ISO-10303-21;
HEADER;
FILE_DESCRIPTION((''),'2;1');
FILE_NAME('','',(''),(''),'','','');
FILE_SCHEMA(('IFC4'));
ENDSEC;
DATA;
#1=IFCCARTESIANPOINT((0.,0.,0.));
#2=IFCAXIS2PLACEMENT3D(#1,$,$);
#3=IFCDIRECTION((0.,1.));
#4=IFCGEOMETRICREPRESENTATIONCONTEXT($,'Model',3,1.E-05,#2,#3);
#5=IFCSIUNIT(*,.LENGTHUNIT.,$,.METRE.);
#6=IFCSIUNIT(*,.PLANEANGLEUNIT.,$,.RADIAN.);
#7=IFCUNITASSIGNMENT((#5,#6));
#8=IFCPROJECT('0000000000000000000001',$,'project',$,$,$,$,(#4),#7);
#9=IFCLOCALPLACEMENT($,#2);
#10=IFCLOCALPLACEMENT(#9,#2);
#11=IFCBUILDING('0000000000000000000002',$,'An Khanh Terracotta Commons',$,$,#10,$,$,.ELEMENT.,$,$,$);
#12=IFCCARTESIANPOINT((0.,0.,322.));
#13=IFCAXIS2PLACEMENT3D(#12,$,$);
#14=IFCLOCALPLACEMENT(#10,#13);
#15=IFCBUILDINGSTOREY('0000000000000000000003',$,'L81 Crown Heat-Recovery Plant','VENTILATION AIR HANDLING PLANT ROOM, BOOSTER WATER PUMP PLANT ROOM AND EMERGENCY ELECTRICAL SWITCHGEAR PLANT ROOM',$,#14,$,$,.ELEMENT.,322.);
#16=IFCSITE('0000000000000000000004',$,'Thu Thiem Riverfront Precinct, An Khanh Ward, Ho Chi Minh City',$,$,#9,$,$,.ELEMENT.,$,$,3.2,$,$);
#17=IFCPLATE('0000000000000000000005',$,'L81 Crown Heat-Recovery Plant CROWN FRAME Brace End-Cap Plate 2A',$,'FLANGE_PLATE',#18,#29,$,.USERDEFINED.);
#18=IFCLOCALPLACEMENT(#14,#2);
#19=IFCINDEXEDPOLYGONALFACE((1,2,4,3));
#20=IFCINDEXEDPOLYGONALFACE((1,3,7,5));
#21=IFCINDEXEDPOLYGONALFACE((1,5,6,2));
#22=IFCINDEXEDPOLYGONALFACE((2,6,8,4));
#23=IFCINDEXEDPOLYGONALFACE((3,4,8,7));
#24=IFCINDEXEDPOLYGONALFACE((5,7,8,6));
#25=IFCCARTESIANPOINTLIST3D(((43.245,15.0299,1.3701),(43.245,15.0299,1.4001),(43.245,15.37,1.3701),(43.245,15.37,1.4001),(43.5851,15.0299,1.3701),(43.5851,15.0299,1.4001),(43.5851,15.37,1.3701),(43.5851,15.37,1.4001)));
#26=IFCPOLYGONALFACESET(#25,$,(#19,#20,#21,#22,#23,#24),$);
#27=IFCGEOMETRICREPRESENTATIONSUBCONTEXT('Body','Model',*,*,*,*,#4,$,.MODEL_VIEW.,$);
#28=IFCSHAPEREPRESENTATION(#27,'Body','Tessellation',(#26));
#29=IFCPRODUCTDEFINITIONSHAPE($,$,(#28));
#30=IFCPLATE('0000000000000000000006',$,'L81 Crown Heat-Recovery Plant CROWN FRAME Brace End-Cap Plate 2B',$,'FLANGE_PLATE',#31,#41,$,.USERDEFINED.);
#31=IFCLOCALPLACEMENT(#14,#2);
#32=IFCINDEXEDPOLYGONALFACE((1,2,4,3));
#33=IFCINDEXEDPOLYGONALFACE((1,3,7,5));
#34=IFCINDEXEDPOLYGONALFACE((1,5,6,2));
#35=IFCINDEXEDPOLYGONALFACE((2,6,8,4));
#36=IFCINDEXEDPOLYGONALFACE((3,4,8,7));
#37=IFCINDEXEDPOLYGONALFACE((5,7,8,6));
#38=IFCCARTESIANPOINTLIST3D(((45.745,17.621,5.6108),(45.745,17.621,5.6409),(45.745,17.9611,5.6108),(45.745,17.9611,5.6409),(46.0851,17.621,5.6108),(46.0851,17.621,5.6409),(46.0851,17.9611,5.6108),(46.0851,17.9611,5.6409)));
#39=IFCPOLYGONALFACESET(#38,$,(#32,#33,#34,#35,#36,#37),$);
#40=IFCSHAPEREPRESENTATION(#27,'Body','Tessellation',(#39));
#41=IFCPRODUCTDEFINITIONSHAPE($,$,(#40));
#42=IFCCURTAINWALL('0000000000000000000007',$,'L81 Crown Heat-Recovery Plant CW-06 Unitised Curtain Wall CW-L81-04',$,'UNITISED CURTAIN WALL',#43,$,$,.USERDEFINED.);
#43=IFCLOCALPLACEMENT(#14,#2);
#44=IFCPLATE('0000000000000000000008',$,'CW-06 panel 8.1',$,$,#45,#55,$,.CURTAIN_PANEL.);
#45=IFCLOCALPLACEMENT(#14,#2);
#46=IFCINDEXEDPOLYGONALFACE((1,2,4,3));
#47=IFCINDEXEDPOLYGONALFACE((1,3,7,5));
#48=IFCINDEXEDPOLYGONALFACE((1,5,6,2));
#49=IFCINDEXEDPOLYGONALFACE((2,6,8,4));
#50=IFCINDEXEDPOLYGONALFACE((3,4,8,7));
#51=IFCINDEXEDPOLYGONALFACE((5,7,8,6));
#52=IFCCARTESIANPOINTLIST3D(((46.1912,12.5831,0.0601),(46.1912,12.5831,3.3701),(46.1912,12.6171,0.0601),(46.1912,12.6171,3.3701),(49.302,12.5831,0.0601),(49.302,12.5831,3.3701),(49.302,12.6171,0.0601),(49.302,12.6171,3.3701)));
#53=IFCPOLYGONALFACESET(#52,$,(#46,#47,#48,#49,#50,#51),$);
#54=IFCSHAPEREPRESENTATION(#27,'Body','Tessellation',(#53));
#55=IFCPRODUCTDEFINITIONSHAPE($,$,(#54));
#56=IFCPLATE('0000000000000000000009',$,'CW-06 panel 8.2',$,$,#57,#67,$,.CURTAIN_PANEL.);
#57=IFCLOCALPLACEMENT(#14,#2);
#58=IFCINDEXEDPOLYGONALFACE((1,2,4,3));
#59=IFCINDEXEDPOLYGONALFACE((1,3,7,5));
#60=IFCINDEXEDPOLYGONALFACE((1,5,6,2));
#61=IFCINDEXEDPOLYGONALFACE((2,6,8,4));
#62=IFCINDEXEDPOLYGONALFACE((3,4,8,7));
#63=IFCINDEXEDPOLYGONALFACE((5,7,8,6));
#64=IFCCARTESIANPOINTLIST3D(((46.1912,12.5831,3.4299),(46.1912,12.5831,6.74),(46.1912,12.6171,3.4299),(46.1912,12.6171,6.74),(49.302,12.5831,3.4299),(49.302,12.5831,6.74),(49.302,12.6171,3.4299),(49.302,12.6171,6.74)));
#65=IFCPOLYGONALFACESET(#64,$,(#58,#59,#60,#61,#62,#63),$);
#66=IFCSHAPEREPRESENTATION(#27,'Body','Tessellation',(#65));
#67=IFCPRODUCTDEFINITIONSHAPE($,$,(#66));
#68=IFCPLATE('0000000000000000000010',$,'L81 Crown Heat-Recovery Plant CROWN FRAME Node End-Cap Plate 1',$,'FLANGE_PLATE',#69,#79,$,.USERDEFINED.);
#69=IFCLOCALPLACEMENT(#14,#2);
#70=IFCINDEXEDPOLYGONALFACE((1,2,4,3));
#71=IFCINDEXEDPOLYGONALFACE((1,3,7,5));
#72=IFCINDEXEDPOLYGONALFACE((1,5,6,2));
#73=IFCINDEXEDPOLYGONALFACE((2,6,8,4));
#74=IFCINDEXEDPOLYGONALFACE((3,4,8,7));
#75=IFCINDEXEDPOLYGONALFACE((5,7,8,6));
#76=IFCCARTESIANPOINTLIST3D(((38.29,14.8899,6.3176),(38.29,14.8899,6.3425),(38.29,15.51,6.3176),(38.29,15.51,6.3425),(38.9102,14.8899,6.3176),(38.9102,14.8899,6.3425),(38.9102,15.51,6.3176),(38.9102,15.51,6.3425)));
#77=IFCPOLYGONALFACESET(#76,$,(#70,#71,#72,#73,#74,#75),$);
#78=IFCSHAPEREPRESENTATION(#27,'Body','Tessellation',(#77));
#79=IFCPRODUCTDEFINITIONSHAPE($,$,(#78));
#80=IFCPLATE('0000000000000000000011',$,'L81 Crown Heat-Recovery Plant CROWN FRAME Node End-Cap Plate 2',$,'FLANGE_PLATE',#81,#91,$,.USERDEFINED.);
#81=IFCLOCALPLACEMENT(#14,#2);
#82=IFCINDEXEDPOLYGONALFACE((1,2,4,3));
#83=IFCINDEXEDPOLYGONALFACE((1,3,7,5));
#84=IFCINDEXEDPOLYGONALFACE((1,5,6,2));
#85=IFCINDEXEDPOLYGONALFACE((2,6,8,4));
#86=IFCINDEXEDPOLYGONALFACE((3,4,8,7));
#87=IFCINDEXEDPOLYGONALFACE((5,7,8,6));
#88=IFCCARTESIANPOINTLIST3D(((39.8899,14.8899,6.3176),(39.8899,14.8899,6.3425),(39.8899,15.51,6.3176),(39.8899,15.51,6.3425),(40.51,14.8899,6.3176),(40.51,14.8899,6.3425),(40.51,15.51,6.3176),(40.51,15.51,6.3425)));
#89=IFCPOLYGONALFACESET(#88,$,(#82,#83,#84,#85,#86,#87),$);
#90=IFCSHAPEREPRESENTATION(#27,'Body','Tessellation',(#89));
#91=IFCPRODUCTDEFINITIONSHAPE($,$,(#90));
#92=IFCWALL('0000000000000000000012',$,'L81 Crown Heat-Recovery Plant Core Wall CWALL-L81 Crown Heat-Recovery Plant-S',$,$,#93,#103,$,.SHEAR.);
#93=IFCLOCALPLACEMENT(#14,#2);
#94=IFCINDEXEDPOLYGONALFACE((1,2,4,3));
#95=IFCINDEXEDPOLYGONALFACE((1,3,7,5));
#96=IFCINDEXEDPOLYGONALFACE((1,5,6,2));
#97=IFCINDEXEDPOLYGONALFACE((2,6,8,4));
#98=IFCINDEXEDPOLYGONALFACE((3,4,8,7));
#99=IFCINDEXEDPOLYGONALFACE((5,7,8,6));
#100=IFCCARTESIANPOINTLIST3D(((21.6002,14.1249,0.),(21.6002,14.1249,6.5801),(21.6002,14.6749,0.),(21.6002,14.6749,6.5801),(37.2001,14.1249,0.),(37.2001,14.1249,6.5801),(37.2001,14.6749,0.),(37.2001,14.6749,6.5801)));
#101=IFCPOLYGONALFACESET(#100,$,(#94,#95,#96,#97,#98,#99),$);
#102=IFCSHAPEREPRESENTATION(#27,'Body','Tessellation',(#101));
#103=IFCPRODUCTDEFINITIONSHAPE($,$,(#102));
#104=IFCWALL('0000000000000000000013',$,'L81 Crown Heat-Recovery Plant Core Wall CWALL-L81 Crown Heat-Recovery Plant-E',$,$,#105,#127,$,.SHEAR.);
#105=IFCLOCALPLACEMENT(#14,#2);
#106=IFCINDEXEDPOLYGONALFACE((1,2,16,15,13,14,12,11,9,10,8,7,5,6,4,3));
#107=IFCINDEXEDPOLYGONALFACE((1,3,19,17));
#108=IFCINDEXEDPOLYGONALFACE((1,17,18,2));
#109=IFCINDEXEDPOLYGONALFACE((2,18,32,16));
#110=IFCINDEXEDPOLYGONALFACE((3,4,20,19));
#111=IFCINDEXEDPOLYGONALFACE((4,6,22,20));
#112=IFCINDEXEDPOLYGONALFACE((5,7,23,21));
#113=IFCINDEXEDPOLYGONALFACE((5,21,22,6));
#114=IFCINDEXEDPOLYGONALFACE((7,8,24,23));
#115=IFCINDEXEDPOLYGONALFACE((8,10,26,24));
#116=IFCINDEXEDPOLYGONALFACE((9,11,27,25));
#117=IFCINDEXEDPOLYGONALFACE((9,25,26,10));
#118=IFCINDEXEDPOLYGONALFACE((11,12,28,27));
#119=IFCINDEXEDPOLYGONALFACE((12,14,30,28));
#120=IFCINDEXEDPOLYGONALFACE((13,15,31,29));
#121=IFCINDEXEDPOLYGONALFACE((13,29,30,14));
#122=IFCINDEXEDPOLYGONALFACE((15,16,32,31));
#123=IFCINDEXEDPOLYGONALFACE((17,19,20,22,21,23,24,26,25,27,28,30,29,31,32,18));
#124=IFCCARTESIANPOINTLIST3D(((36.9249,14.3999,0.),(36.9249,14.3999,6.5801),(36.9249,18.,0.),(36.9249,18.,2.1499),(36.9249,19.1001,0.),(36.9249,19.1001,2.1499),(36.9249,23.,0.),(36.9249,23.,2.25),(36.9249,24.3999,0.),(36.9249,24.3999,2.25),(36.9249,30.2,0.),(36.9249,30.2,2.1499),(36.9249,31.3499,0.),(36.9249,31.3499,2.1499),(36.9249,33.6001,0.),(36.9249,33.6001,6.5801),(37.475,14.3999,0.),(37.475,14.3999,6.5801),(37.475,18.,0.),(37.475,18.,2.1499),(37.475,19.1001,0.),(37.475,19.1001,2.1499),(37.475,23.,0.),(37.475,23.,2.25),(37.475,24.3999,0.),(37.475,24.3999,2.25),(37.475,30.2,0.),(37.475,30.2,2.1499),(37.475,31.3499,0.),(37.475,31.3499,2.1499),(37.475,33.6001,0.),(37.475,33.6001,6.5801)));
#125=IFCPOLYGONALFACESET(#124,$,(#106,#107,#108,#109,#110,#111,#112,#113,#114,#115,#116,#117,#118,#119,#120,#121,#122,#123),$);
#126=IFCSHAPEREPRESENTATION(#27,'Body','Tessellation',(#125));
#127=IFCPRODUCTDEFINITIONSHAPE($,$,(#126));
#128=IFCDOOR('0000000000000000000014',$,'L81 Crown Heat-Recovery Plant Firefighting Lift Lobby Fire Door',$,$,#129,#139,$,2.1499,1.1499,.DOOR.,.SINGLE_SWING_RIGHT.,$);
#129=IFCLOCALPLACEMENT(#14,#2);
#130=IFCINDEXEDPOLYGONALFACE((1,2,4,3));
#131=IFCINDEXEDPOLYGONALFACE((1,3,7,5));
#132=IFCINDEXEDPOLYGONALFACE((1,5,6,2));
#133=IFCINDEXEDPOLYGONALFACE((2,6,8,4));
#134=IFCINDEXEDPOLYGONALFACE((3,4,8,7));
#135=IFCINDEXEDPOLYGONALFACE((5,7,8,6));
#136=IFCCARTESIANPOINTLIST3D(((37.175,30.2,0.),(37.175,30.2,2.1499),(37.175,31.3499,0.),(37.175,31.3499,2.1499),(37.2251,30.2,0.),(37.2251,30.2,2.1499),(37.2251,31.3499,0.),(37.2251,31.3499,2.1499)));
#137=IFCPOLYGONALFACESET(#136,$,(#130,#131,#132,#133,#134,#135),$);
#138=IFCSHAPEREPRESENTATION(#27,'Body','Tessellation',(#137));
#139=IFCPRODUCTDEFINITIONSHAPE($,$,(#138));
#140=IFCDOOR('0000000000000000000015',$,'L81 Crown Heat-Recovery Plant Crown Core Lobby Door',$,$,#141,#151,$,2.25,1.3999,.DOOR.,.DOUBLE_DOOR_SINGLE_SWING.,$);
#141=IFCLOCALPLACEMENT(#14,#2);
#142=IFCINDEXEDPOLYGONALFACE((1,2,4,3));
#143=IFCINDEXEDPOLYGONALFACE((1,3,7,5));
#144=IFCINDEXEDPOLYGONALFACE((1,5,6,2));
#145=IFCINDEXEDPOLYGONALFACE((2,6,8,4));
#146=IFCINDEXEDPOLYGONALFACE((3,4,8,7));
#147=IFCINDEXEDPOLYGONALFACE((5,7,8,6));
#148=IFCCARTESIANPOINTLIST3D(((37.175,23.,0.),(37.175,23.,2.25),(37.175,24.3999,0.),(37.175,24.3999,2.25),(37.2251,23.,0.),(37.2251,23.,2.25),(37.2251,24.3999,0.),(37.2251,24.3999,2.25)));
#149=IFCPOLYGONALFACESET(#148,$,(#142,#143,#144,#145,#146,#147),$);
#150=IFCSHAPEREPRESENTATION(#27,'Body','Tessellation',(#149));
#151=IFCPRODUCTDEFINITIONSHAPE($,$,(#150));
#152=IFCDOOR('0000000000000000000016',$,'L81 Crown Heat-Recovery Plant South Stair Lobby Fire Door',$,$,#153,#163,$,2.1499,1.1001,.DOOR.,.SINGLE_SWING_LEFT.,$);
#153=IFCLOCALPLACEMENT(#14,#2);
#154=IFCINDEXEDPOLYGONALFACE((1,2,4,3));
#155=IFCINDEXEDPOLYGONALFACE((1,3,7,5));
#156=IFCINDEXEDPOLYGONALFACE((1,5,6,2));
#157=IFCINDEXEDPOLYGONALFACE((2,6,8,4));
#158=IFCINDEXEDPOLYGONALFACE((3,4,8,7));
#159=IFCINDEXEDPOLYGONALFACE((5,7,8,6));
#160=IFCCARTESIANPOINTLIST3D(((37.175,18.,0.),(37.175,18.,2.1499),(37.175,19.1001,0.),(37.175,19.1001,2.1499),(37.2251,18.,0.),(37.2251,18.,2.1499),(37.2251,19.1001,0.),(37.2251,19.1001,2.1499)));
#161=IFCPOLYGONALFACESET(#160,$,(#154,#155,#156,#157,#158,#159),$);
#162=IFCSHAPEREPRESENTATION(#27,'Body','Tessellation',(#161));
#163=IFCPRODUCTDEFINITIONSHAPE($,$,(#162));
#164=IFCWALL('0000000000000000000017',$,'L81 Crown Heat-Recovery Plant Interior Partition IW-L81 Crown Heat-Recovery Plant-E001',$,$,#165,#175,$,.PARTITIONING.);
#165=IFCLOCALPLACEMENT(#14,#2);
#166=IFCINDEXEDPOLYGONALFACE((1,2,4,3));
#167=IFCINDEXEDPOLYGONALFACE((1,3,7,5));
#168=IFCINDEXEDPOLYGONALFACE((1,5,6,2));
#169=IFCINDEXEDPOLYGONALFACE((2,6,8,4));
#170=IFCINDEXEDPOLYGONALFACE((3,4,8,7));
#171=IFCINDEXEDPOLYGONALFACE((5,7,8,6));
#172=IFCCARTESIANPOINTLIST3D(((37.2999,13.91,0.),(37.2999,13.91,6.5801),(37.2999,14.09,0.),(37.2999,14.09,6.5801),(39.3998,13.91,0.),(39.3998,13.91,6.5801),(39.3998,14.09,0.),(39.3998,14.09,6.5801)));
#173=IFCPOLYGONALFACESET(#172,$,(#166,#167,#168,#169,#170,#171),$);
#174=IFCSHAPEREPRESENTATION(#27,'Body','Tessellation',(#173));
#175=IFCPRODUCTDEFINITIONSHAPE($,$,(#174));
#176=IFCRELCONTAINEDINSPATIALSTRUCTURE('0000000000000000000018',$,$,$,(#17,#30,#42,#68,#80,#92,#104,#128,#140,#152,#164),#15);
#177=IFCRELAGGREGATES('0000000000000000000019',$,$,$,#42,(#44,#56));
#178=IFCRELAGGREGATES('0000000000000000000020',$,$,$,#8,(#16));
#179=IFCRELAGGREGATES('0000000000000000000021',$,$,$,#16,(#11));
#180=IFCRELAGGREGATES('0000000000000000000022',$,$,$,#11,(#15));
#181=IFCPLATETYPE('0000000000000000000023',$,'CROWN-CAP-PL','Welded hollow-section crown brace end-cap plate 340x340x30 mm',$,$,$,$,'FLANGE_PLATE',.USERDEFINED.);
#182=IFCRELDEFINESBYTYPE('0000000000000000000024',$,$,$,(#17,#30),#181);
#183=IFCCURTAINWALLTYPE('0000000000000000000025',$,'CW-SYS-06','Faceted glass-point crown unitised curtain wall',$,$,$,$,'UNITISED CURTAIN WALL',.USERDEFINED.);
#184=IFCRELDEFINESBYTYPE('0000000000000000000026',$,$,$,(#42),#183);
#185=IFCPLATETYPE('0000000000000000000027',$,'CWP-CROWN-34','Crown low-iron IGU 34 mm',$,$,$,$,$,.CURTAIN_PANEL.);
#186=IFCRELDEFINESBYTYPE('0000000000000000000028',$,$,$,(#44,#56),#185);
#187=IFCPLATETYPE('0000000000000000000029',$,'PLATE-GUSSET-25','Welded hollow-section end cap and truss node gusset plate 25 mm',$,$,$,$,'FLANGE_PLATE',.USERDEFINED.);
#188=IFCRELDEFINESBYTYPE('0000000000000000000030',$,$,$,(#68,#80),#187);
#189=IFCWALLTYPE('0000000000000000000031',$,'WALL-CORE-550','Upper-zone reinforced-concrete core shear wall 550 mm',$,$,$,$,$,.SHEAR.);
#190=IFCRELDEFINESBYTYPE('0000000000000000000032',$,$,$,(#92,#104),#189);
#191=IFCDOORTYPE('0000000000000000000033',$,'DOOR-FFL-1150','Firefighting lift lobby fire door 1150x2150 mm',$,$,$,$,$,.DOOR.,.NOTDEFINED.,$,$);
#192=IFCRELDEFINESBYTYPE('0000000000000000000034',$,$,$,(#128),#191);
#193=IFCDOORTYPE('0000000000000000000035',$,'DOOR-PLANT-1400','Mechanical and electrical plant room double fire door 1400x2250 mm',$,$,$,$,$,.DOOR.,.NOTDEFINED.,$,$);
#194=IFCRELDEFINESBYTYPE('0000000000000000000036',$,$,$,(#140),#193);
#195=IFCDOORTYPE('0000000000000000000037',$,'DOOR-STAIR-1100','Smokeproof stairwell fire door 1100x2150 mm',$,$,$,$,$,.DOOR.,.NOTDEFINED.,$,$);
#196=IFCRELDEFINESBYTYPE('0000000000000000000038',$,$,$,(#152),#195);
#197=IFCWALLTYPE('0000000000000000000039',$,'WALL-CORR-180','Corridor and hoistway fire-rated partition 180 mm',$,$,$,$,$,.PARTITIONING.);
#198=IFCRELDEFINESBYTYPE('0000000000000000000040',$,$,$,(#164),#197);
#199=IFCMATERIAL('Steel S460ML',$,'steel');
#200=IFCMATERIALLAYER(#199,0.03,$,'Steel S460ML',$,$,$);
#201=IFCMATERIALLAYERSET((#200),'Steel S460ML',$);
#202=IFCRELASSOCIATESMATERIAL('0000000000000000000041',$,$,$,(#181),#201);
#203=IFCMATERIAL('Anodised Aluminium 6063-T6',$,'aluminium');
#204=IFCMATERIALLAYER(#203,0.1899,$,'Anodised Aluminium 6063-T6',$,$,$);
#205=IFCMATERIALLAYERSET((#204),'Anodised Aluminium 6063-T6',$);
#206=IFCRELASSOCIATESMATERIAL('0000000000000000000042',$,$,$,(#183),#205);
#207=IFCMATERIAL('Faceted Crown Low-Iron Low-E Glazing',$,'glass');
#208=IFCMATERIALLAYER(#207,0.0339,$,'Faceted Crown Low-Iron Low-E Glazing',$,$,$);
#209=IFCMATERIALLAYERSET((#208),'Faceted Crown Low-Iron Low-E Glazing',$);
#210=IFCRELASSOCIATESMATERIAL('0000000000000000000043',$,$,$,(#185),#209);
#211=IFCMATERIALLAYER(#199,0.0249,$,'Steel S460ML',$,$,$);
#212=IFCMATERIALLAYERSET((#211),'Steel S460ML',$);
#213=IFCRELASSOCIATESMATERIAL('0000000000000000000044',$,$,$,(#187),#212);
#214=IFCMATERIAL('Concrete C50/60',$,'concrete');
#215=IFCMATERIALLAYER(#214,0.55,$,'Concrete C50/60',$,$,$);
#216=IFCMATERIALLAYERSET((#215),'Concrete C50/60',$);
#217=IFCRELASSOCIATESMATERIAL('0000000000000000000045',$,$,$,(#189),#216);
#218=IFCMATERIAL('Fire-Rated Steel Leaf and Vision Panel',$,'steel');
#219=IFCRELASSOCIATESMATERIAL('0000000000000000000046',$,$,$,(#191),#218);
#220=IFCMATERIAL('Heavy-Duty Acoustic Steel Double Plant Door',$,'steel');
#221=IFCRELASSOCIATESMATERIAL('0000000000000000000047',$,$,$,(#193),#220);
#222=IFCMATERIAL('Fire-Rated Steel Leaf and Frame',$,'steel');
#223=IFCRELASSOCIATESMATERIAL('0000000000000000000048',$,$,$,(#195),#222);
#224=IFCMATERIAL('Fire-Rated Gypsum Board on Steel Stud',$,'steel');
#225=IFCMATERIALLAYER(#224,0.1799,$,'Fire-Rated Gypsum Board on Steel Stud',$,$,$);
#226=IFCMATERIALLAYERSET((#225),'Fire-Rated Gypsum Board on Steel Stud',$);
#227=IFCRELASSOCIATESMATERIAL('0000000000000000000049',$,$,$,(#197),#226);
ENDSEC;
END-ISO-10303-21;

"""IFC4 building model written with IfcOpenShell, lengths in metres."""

from ifc_helpers import new_model, si_unit, direction, frame, frame_2d, origin, origin_2d, place, context, subcontext, project, spatial, rectangle, extrude, material, layer, layer_set, type_object, element, fill, aggregate, save


model = new_model("IFC4")

# Units and contexts
model_context = context("Model", 3, precision=1e-05, world=origin(), true_north=direction((0.0, 1.0)))
body_context = subcontext(model_context, "Body", "Model", "MODEL_VIEW")
ifc_project = project(units=[si_unit("LENGTHUNIT", "METRE"), si_unit("PLANEANGLEUNIT", "RADIAN")], contexts=[model_context])

# Site, building, storey
site_placement = place(None, origin())
site = spatial("IfcSite", under=ifc_project, at=site_placement, Name="Thu Thiem Riverfront Precinct, An Khanh Ward, Ho Chi Minh City", CompositionType="ELEMENT", RefElevation=3.2)
building_placement = place(site_placement, origin())
building = spatial("IfcBuilding", under=site, at=building_placement, Name="An Khanh Terracotta Commons", CompositionType="ELEMENT")
storey_placement = place(building_placement, frame((0.0, 0.0, 322.0)))
storey = spatial("IfcBuildingStorey", under=building, at=storey_placement, Name="L81 Crown Heat-Recovery Plant", Description="VENTILATION AIR HANDLING PLANT ROOM, BOOSTER WATER PUMP PLANT ROOM AND EMERGENCY ELECTRICAL SWITCHGEAR PLANT ROOM", CompositionType="ELEMENT", Elevation=322.0)

# Shared definitions
ifc_material_1 = material(Name="Steel S460ML", Category="steel")

# Plates
ifc_layer_1 = layer(ifc_material_1, 0.03, Name="Steel S460ML")
ifc_layer_set_1 = layer_set([ifc_layer_1], Name="Steel S460ML")
plate_type_1 = type_object("IfcPlateType", Name="CROWN-CAP-PL", Description="Welded hollow-section crown brace end-cap plate 340x340x30 mm", ElementType="FLANGE_PLATE", PredefinedType="USERDEFINED", material=ifc_layer_set_1)
for number, where, z_axis, x_axis, name in (
    (1, (43.415, 15.2, 1.3701), (0.0, 0.0, 1.0), (1.0, 0.0, 0.0), "L81 Crown Heat-Recovery Plant CROWN FRAME Brace End-Cap Plate 2A"),
    (2, (45.915, 17.791, 5.6108), (0.0, 0.0, 1.0), (1.0, 0.0, 0.0), "L81 Crown Heat-Recovery Plant CROWN FRAME Brace End-Cap Plate 2B"),
):
    element("IfcPlate", number, at=place(storey_placement, frame(where, z_axis=z_axis, x_axis=x_axis)), inside=storey, type_object=plate_type_1, Name=name, ObjectType="FLANGE_PLATE", PredefinedType="USERDEFINED", context=body_context, shape_type="SweptSolid", body=[
        extrude(rectangle(XDim=0.3401, YDim=0.3401, at=origin_2d()), origin(), (0.0, 0.0, 1.0), 0.03),
    ])

# Curtain wall, plates
ifc_material_2 = material(Name="Anodised Aluminium 6063-T6", Category="aluminium")
ifc_layer_2 = layer(ifc_material_2, 0.1899, Name="Anodised Aluminium 6063-T6")
ifc_layer_set_2 = layer_set([ifc_layer_2], Name="Anodised Aluminium 6063-T6")
curtain_wall_type = type_object("IfcCurtainWallType", Name="CW-SYS-06", Description="Faceted glass-point crown unitised curtain wall", ElementType="UNITISED CURTAIN WALL", PredefinedType="USERDEFINED", material=ifc_layer_set_2)
curtain_wall_placement = place(storey_placement, origin())
curtain_wall = element("IfcCurtainWall", 3, at=curtain_wall_placement, inside=storey, type_object=curtain_wall_type, Name="L81 Crown Heat-Recovery Plant CW-06 Unitised Curtain Wall CW-L81-04", ObjectType="UNITISED CURTAIN WALL", PredefinedType="USERDEFINED")
ifc_material_3 = material(Name="Faceted Crown Low-Iron Low-E Glazing", Category="glass")
ifc_layer_3 = layer(ifc_material_3, 0.0339, Name="Faceted Crown Low-Iron Low-E Glazing")
ifc_layer_set_3 = layer_set([ifc_layer_3], Name="Faceted Crown Low-Iron Low-E Glazing")
plate_type_2 = type_object("IfcPlateType", Name="CWP-CROWN-34", Description="Crown low-iron IGU 34 mm", PredefinedType="CURTAIN_PANEL", material=ifc_layer_set_3)
plate_1_placement = place(storey_placement, frame((47.7466, 12.6001, 0.0601), z_axis=(0.0, 0.0, 1.0), x_axis=(1.0, 0.0, 0.0)))
plate_1 = element("IfcPlate", 4, at=plate_1_placement, type_object=plate_type_2, Name="CW-06 panel 8.1", PredefinedType="CURTAIN_PANEL", context=body_context, shape_type="SweptSolid", body=[
    extrude(rectangle(XDim=3.1108, YDim=0.0339, at=origin_2d()), origin(), (0.0, 0.0, 1.0), 3.3101),
])
plate_2_placement = place(storey_placement, frame((47.7466, 12.6001, 3.4299), z_axis=(0.0, 0.0, 1.0), x_axis=(1.0, 0.0, 0.0)))
plate_2 = element("IfcPlate", 5, at=plate_2_placement, type_object=plate_type_2, Name="CW-06 panel 8.2", PredefinedType="CURTAIN_PANEL", context=body_context, shape_type="SweptSolid", body=[
    extrude(rectangle(XDim=3.1108, YDim=0.0339, at=origin_2d()), origin(), (0.0, 0.0, 1.0), 3.3101),
])
aggregate(curtain_wall, [plate_1, plate_2])

# Plates
ifc_layer_4 = layer(ifc_material_1, 0.0249, Name="Steel S460ML")
ifc_layer_set_4 = layer_set([ifc_layer_4], Name="Steel S460ML")
plate_type_3 = type_object("IfcPlateType", Name="PLATE-GUSSET-25", Description="Welded hollow-section end cap and truss node gusset plate 25 mm", ElementType="FLANGE_PLATE", PredefinedType="USERDEFINED", material=ifc_layer_set_4)
for number, where, z_axis, x_axis, name in (
    (6, (38.6001, 15.2, 6.3176), (0.0, 0.0, 1.0), (1.0, 0.0, 0.0), "L81 Crown Heat-Recovery Plant CROWN FRAME Node End-Cap Plate 1"),
    (7, (40.2, 15.2, 6.3176), (0.0, 0.0, 1.0), (1.0, 0.0, 0.0), "L81 Crown Heat-Recovery Plant CROWN FRAME Node End-Cap Plate 2"),
):
    element("IfcPlate", number, at=place(storey_placement, frame(where, z_axis=z_axis, x_axis=x_axis)), inside=storey, type_object=plate_type_3, Name=name, ObjectType="FLANGE_PLATE", PredefinedType="USERDEFINED", context=body_context, shape_type="SweptSolid", body=[
        extrude(rectangle(XDim=0.6201, YDim=0.6201, at=origin_2d()), origin(), (0.0, 0.0, 1.0), 0.0249),
    ])

# Wall
ifc_material_4 = material(Name="Concrete C50/60", Category="concrete")
ifc_layer_5 = layer(ifc_material_4, 0.55, Name="Concrete C50/60")
ifc_layer_set_5 = layer_set([ifc_layer_5], Name="Concrete C50/60")
wall_type_1 = type_object("IfcWallType", Name="WALL-CORE-550", Description="Upper-zone reinforced-concrete core shear wall 550 mm", PredefinedType="SHEAR", material=ifc_layer_set_5)
wall_1_placement = place(storey_placement, frame((37.2, 14.3999, 0.0), z_axis=(0.0, 0.0, 1.0), x_axis=(-1.0, 0.0, 0.0)))
element("IfcWall", 8, at=wall_1_placement, inside=storey, type_object=wall_type_1, Name="L81 Crown Heat-Recovery Plant Core Wall CWALL-L81 Crown Heat-Recovery Plant-S", PredefinedType="SHEAR", context=body_context, shape_type="SweptSolid", body=[
    extrude(rectangle(XDim=15.5999, YDim=0.55, at=frame_2d((7.7998, 0.0))), origin(), (0.0, 0.0, 1.0), 6.5801),
])

# Wall, openings, doors
wall_2_placement = place(storey_placement, frame((37.2, 14.3999, 0.0), z_axis=(0.0, 0.0, 1.0), x_axis=(0.0, 1.0, 0.0)))
wall_2 = element("IfcWall", 9, at=wall_2_placement, inside=storey, type_object=wall_type_1, Name="L81 Crown Heat-Recovery Plant Core Wall CWALL-L81 Crown Heat-Recovery Plant-E", PredefinedType="SHEAR", context=body_context, shape_type="SweptSolid", body=[
    extrude(rectangle(XDim=19.2002, YDim=0.55, at=frame_2d((9.6001, 0.0))), origin(), (0.0, 0.0, 1.0), 6.5801),
])
opening_1_placement = place(wall_2_placement, frame((15.8, 0.0, 0.0)))
opening_1 = element("IfcOpeningElement", 10, at=opening_1_placement, cuts=wall_2, PredefinedType="OPENING", context=body_context, shape_type="SweptSolid", body=[
    extrude(rectangle(XDim=1.1499, YDim=2.1499, at=frame_2d((0.575, 1.075))), frame((0.0, 0.2849, 0.0), z_axis=(0.0, -1.0, 0.0), x_axis=(1.0, 0.0, 0.0)), (0.0, 0.0, 1.0), 0.5701),
])
opening_2_placement = place(wall_2_placement, frame((3.6001, 0.0, 0.0)))
opening_2 = element("IfcOpeningElement", 11, at=opening_2_placement, cuts=wall_2, PredefinedType="OPENING", context=body_context, shape_type="SweptSolid", body=[
    extrude(rectangle(XDim=1.1001, YDim=2.1499, at=frame_2d((0.55, 1.075))), frame((0.0, 0.2849, 0.0), z_axis=(0.0, -1.0, 0.0), x_axis=(1.0, 0.0, 0.0)), (0.0, 0.0, 1.0), 0.5701),
])
opening_3_placement = place(wall_2_placement, frame((8.6001, 0.0, 0.0)))
opening_3 = element("IfcOpeningElement", 12, at=opening_3_placement, cuts=wall_2, PredefinedType="OPENING", context=body_context, shape_type="SweptSolid", body=[
    extrude(rectangle(XDim=1.3999, YDim=2.25, at=frame_2d((0.7, 1.125))), frame((0.0, 0.2849, 0.0), z_axis=(0.0, -1.0, 0.0), x_axis=(1.0, 0.0, 0.0)), (0.0, 0.0, 1.0), 0.5701),
])
ifc_material_5 = material(Name="Fire-Rated Steel Leaf and Vision Panel", Category="steel")
door_type_1 = type_object("IfcDoorType", Name="DOOR-FFL-1150", Description="Firefighting lift lobby fire door 1150x2150 mm", OperationType="NOTDEFINED", PredefinedType="DOOR", material=ifc_material_5)
door_1_placement = place(opening_1_placement, origin())
door_1 = element("IfcDoor", 13, at=door_1_placement, inside=storey, type_object=door_type_1, Name="L81 Crown Heat-Recovery Plant Firefighting Lift Lobby Fire Door", OperationType="SINGLE_SWING_RIGHT", OverallHeight=2.1499, OverallWidth=1.1499, PredefinedType="DOOR", context=body_context, shape_type="SweptSolid", body=[
    extrude(rectangle(XDim=1.1499, YDim=2.1499, at=frame_2d((0.575, 1.075))), frame((0.0, 0.0249, 0.0), z_axis=(0.0, -1.0, 0.0), x_axis=(1.0, 0.0, 0.0)), (0.0, 0.0, 1.0), 0.05),
])
fill(opening_1, door_1)
ifc_material_6 = material(Name="Heavy-Duty Acoustic Steel Double Plant Door", Category="steel")
door_type_2 = type_object("IfcDoorType", Name="DOOR-PLANT-1400", Description="Mechanical and electrical plant room double fire door 1400x2250 mm", OperationType="NOTDEFINED", PredefinedType="DOOR", material=ifc_material_6)
door_2_placement = place(opening_3_placement, origin())
door_2 = element("IfcDoor", 14, at=door_2_placement, inside=storey, type_object=door_type_2, Name="L81 Crown Heat-Recovery Plant Crown Core Lobby Door", OperationType="DOUBLE_DOOR_SINGLE_SWING", OverallHeight=2.25, OverallWidth=1.3999, PredefinedType="DOOR", context=body_context, shape_type="SweptSolid", body=[
    extrude(rectangle(XDim=1.3999, YDim=2.25, at=frame_2d((0.7, 1.125))), frame((0.0, 0.0249, 0.0), z_axis=(0.0, -1.0, 0.0), x_axis=(1.0, 0.0, 0.0)), (0.0, 0.0, 1.0), 0.05),
])
fill(opening_3, door_2)
ifc_material_7 = material(Name="Fire-Rated Steel Leaf and Frame", Category="steel")
door_type_3 = type_object("IfcDoorType", Name="DOOR-STAIR-1100", Description="Smokeproof stairwell fire door 1100x2150 mm", OperationType="NOTDEFINED", PredefinedType="DOOR", material=ifc_material_7)
door_3_placement = place(opening_2_placement, origin())
door_3 = element("IfcDoor", 15, at=door_3_placement, inside=storey, type_object=door_type_3, Name="L81 Crown Heat-Recovery Plant South Stair Lobby Fire Door", OperationType="SINGLE_SWING_LEFT", OverallHeight=2.1499, OverallWidth=1.1001, PredefinedType="DOOR", context=body_context, shape_type="SweptSolid", body=[
    extrude(rectangle(XDim=1.1001, YDim=2.1499, at=frame_2d((0.55, 1.075))), frame((0.0, 0.0249, 0.0), z_axis=(0.0, -1.0, 0.0), x_axis=(1.0, 0.0, 0.0)), (0.0, 0.0, 1.0), 0.05),
])
fill(opening_2, door_3)

# Wall
ifc_material_8 = material(Name="Fire-Rated Gypsum Board on Steel Stud", Category="steel")
ifc_layer_6 = layer(ifc_material_8, 0.1799, Name="Fire-Rated Gypsum Board on Steel Stud")
ifc_layer_set_6 = layer_set([ifc_layer_6], Name="Fire-Rated Gypsum Board on Steel Stud")
wall_type_2 = type_object("IfcWallType", Name="WALL-CORR-180", Description="Corridor and hoistway fire-rated partition 180 mm", PredefinedType="PARTITIONING", material=ifc_layer_set_6)
wall_3_placement = place(storey_placement, frame((37.3, 14.0, 0.0), z_axis=(0.0, 0.0, 1.0), x_axis=(1.0, 0.0, 0.0)))
element("IfcWall", 16, at=wall_3_placement, inside=storey, type_object=wall_type_2, Name="L81 Crown Heat-Recovery Plant Interior Partition IW-L81 Crown Heat-Recovery Plant-E001", PredefinedType="PARTITIONING", context=body_context, shape_type="SweptSolid", body=[
    extrude(rectangle(XDim=2.0999, YDim=0.1799, at=frame_2d((1.0498, 0.0))), origin(), (0.0, 0.0, 1.0), 6.5801),
])

save(model, "model.ifc")
